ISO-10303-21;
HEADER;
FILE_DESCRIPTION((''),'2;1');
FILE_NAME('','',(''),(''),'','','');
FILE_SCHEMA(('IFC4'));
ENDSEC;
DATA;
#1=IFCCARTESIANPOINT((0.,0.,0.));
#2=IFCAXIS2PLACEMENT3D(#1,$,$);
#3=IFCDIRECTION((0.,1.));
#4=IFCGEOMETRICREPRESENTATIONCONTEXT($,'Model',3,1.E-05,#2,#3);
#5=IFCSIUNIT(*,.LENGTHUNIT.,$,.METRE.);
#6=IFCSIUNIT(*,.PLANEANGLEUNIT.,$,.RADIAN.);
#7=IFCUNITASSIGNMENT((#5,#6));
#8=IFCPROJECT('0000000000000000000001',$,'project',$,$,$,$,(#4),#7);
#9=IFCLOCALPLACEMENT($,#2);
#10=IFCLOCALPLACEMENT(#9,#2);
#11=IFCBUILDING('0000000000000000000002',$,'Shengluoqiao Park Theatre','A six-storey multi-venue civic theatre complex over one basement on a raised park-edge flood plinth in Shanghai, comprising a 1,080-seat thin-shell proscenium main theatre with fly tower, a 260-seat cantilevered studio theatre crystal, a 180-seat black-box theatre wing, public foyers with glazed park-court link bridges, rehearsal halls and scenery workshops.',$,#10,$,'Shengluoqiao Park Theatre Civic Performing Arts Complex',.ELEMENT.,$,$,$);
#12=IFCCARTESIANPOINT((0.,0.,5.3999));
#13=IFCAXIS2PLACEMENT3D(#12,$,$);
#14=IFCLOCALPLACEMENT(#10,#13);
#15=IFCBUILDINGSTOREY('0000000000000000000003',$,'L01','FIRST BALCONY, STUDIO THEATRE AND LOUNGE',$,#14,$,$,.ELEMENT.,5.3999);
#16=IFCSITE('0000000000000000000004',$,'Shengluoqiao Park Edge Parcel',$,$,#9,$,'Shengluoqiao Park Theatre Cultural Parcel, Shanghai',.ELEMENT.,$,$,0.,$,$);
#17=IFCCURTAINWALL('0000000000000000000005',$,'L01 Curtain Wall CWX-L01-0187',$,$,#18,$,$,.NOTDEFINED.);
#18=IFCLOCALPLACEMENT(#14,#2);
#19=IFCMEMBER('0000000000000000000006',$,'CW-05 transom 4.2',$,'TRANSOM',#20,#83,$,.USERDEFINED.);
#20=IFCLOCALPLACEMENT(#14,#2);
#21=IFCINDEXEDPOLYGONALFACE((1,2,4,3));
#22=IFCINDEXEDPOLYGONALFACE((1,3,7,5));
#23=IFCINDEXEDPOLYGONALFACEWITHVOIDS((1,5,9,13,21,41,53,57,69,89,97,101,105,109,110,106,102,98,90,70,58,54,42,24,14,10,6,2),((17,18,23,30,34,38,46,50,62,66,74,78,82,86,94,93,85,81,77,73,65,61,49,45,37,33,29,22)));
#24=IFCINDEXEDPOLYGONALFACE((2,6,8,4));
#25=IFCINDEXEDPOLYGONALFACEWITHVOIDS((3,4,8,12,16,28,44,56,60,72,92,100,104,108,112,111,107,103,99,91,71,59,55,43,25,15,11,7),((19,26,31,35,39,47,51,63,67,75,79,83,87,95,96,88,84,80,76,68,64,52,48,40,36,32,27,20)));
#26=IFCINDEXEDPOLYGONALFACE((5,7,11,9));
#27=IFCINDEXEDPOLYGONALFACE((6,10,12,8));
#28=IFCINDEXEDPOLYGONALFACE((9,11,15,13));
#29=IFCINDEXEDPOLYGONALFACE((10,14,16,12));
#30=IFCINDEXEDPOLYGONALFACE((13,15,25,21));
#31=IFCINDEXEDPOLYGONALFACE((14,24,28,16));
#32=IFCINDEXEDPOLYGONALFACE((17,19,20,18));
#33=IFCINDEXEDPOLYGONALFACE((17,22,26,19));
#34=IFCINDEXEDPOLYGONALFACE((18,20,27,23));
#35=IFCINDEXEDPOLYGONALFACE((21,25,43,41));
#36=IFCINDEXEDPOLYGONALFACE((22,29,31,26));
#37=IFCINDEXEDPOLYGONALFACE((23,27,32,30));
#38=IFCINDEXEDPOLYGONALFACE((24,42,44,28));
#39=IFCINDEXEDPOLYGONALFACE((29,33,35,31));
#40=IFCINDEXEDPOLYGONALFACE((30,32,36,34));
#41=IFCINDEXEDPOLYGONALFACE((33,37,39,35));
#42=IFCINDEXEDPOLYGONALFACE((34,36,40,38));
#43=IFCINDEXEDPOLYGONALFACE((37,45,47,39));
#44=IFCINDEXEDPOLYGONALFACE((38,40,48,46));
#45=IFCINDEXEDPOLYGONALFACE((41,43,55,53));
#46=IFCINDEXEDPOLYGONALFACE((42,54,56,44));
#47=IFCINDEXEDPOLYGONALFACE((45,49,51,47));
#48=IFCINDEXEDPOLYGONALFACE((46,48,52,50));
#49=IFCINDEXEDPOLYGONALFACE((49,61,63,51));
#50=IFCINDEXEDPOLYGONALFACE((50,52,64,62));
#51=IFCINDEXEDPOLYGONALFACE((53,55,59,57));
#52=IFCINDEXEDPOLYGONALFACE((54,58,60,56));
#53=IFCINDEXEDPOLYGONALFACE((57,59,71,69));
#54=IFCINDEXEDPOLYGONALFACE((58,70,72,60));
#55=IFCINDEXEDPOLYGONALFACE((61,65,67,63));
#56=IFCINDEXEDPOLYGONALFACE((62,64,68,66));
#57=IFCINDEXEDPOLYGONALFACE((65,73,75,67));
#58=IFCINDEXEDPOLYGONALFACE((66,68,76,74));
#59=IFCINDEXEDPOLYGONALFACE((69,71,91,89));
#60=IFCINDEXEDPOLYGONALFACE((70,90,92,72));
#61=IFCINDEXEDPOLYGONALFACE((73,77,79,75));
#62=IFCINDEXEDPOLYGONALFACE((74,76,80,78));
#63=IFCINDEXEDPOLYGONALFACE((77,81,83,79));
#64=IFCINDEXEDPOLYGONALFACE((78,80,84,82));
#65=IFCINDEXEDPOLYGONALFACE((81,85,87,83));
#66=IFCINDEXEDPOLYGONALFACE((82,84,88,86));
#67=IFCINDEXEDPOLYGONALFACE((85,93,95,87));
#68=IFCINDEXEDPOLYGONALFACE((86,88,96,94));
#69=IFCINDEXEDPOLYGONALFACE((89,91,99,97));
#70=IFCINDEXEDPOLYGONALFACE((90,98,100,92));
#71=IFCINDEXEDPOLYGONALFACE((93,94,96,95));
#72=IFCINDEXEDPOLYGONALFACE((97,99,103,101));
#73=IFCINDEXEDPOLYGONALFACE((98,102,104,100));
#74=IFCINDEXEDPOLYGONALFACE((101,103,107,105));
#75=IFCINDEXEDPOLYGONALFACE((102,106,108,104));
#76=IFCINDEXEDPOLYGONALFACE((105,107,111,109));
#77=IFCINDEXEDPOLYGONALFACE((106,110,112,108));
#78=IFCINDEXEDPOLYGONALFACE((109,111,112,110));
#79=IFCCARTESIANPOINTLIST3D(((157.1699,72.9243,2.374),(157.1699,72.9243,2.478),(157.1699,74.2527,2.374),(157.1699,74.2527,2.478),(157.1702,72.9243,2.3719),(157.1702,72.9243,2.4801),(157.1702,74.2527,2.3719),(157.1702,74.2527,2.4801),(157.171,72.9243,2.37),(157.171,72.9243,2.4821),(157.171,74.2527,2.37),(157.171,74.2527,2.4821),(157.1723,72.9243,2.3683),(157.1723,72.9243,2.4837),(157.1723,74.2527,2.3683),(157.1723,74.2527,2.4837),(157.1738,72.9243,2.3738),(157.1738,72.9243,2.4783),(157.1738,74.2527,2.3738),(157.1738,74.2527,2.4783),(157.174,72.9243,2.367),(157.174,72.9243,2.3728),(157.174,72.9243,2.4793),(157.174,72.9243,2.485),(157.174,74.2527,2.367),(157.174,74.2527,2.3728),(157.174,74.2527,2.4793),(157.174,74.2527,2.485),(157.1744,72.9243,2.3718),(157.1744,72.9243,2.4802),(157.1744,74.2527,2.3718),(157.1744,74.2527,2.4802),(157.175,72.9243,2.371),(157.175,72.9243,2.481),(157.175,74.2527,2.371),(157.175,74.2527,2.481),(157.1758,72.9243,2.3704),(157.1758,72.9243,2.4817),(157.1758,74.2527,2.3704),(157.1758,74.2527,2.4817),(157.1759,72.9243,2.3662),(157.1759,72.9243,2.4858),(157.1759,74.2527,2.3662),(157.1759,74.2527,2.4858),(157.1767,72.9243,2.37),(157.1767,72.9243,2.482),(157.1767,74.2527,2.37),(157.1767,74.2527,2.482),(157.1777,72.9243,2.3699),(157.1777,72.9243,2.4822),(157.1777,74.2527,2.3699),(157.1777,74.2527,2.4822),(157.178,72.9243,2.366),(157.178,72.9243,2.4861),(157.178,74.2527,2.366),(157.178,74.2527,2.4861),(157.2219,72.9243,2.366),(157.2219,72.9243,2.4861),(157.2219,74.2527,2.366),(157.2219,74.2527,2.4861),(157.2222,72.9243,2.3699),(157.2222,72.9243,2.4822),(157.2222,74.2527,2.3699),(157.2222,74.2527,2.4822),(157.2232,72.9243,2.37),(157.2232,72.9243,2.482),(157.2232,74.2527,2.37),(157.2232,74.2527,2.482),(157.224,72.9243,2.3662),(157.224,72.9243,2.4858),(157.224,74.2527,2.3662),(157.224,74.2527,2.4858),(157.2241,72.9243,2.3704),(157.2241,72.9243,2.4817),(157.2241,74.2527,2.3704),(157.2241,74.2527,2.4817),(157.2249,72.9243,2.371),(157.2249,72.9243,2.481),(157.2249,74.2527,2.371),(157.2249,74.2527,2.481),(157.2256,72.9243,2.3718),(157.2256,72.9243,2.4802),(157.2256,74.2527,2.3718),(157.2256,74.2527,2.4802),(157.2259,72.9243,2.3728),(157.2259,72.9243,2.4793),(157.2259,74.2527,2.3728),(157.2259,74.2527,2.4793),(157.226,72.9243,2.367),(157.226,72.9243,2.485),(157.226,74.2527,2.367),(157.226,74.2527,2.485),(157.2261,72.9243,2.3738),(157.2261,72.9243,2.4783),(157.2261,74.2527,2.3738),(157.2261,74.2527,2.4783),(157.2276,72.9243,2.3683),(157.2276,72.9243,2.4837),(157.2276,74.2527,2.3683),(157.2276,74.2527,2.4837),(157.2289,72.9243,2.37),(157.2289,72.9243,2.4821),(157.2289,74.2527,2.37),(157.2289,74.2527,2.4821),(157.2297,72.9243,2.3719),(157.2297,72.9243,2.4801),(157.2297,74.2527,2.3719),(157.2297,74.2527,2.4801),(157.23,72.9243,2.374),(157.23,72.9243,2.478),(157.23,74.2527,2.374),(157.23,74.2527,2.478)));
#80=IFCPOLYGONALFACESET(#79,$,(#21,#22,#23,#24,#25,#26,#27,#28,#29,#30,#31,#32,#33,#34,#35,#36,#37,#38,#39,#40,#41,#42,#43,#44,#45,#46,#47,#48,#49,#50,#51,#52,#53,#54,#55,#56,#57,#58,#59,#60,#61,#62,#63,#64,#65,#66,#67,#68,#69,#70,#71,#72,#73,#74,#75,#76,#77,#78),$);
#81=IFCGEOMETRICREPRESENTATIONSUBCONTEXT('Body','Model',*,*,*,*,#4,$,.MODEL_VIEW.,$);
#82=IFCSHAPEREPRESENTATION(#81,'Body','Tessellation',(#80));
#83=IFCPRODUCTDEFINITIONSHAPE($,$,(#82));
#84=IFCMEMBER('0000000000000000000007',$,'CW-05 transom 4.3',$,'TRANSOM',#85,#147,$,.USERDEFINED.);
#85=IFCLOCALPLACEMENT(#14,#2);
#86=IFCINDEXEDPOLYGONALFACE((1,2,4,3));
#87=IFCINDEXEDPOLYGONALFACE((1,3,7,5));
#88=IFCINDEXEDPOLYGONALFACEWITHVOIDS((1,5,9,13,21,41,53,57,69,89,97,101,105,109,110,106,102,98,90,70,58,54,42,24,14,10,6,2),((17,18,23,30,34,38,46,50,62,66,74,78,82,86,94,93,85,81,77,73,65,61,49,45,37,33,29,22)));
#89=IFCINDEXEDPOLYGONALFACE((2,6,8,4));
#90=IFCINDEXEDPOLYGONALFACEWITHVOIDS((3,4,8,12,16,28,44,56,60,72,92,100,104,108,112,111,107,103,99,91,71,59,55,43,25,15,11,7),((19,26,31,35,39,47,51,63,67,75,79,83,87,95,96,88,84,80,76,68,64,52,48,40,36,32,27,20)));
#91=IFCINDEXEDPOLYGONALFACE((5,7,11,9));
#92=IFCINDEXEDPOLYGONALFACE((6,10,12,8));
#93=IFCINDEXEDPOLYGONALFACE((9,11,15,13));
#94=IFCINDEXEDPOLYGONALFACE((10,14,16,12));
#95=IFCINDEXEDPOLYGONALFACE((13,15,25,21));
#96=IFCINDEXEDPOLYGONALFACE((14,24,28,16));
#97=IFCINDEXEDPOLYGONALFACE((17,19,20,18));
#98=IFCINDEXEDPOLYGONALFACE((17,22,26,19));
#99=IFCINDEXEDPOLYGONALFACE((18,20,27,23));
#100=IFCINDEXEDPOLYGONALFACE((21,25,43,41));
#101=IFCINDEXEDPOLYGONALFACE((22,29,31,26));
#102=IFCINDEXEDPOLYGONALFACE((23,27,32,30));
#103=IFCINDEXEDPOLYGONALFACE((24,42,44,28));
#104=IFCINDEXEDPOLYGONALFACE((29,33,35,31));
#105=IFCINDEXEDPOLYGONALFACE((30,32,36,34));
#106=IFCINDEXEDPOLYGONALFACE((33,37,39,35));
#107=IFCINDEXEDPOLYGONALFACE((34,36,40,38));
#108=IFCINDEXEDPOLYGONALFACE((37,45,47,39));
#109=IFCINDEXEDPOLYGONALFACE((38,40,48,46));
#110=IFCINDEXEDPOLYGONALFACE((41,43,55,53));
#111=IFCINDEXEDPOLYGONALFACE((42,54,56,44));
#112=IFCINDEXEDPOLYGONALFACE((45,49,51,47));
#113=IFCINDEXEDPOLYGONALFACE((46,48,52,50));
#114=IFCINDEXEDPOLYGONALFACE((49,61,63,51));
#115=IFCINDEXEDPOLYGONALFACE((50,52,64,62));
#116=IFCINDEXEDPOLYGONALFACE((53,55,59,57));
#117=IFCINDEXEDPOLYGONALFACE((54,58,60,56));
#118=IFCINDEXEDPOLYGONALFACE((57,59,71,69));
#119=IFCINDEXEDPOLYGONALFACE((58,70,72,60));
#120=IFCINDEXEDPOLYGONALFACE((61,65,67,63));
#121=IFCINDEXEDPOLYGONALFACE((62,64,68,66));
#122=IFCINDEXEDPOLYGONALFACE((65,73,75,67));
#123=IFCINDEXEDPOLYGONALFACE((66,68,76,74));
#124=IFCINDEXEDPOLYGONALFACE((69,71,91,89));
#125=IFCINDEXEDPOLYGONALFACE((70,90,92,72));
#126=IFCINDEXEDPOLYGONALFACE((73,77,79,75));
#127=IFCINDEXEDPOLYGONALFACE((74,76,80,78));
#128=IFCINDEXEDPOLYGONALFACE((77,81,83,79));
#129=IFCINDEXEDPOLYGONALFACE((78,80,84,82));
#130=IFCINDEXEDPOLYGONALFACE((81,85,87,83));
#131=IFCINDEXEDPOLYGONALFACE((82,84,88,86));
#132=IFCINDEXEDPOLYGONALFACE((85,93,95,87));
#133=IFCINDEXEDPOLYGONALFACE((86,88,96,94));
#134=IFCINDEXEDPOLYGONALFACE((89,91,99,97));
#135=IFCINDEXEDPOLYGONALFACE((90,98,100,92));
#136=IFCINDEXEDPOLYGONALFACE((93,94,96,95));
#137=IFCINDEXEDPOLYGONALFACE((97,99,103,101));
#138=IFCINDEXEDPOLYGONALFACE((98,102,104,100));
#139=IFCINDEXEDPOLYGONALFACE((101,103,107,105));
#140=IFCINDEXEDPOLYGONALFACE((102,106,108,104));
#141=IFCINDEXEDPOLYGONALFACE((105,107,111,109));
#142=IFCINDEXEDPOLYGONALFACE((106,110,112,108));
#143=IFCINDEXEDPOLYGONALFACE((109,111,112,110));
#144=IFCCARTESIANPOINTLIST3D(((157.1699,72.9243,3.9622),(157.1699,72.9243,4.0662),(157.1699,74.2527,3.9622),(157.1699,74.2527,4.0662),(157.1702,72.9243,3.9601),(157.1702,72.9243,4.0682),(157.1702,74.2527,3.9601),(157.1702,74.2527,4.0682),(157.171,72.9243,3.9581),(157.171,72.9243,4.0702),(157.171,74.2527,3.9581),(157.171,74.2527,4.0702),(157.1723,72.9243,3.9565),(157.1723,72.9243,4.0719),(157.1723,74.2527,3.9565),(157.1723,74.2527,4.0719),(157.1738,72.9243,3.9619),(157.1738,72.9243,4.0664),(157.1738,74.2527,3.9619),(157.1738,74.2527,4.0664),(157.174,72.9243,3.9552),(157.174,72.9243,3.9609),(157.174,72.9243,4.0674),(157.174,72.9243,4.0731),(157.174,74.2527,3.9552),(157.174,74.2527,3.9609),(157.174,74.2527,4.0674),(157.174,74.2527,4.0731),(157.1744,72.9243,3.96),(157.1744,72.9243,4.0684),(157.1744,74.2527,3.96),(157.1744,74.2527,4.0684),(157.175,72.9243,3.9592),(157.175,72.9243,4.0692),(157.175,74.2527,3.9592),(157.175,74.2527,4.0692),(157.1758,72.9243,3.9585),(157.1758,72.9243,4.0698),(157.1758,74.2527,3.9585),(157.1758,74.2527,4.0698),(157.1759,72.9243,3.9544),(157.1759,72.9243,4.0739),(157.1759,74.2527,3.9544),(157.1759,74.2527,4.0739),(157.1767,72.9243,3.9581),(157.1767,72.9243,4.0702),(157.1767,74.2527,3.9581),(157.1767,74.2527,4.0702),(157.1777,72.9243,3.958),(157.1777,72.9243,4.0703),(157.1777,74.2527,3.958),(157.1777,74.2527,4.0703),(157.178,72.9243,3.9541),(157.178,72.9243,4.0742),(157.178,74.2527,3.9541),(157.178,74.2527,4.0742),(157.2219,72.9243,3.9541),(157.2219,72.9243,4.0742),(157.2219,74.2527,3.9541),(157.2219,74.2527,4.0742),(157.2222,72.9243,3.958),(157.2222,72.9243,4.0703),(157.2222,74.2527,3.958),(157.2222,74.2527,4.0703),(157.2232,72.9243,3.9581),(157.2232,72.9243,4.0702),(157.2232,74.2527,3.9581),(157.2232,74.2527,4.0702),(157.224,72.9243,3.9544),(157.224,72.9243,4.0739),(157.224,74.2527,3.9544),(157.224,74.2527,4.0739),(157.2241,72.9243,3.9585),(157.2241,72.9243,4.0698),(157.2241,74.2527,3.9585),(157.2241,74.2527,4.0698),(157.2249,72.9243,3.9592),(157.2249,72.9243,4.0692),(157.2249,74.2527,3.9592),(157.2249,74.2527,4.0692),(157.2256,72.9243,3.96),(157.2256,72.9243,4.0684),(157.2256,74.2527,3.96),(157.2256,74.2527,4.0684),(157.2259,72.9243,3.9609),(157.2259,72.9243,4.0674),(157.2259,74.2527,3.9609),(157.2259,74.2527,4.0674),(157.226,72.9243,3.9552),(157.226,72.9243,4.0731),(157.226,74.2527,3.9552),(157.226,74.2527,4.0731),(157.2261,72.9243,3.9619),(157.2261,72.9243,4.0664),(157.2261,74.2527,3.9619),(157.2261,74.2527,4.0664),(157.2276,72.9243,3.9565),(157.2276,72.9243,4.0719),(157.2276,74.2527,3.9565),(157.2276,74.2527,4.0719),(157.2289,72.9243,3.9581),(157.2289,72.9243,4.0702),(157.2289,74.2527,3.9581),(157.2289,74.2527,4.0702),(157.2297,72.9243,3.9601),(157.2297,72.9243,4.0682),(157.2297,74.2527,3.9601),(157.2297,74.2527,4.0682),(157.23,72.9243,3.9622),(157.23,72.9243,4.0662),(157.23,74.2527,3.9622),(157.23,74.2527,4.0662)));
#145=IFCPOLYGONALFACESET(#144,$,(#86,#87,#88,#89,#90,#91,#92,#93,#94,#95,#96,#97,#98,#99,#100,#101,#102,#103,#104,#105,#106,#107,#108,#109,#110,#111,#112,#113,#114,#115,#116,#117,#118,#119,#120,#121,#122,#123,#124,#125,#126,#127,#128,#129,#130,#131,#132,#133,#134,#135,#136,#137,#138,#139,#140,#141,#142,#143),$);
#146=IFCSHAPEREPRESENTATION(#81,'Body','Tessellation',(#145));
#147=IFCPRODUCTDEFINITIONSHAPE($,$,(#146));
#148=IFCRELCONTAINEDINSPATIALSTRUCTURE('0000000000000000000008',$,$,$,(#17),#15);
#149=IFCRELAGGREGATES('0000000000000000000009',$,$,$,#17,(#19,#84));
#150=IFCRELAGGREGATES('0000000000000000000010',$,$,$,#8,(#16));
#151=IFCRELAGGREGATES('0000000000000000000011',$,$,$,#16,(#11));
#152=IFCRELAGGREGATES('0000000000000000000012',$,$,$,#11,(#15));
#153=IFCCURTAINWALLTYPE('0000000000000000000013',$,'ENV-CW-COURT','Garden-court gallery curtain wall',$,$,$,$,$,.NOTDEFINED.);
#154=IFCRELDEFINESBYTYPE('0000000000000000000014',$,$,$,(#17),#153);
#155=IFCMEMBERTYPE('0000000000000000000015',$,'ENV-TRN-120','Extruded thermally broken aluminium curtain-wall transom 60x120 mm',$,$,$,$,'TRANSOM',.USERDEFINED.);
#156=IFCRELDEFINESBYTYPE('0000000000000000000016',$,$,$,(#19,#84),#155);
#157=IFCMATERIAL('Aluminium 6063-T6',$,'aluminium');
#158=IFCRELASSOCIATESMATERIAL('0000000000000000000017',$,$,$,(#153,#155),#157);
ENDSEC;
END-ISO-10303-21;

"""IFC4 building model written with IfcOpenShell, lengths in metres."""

from ifc_helpers import new_model, si_unit, direction, frame, origin, origin_2d, place, context, subcontext, project, spatial, hollow_rectangle, extrude, material, material_profile, profile_set, type_object, element, aggregate, save


model = new_model("IFC4")

# Units and contexts
model_context = context("Model", 3, precision=1e-05, world=origin(), true_north=direction((0.0, 1.0)))
body_context = subcontext(model_context, "Body", "Model", "MODEL_VIEW")
ifc_project = project(units=[si_unit("LENGTHUNIT", "METRE"), si_unit("PLANEANGLEUNIT", "RADIAN")], contexts=[model_context])

# Site, building, storey
site_placement = place(None, origin())
site = spatial("IfcSite", under=ifc_project, at=site_placement, Name="Shengluoqiao Park Edge Parcel", LongName="Shengluoqiao Park Theatre Cultural Parcel, Shanghai", CompositionType="ELEMENT", RefElevation=0.0)
building_placement = place(site_placement, origin())
building = spatial("IfcBuilding", under=site, at=building_placement, Name="Shengluoqiao Park Theatre", Description="A six-storey multi-venue civic theatre complex over one basement on a raised park-edge flood plinth in Shanghai, comprising a 1,080-seat thin-shell proscenium main theatre with fly tower, a 260-seat cantilevered studio theatre crystal, a 180-seat black-box theatre wing, public foyers with glazed park-court link bridges, rehearsal halls and scenery workshops.", LongName="Shengluoqiao Park Theatre Civic Performing Arts Complex", CompositionType="ELEMENT")
storey_placement = place(building_placement, frame((0.0, 0.0, 5.3999)))
storey = spatial("IfcBuildingStorey", under=building, at=storey_placement, Name="L01", Description="FIRST BALCONY, STUDIO THEATRE AND LOUNGE", CompositionType="ELEMENT", Elevation=5.3999)

# Curtain wall, members
ifc_material_1 = material(Name="Aluminium 6063-T6", Category="aluminium")
curtain_wall_type = type_object("IfcCurtainWallType", Name="ENV-CW-COURT", Description="Garden-court gallery curtain wall", PredefinedType="NOTDEFINED", material=ifc_material_1)
curtain_wall_placement = place(storey_placement, origin())
curtain_wall = element("IfcCurtainWall", 1, at=curtain_wall_placement, inside=storey, type_object=curtain_wall_type, Name="L01 Curtain Wall CWX-L01-0187", PredefinedType="NOTDEFINED")
ifc_material_profile_1 = material_profile(ifc_material_1, hollow_rectangle(XDim=0.0601, YDim=0.1201, WallThickness=0.0039, InnerFilletRadius=0.0039, OuterFilletRadius=0.0081, at=origin_2d()), Name="ALU TRANSOM 120x60x4")
ifc_profile_set_1 = profile_set([ifc_material_profile_1], Name="Aluminium 6063-T6")
member_type_1 = type_object("IfcMemberType", Name="ENV-TRN-120", Description="Extruded thermally broken aluminium curtain-wall transom 60x120 mm", ElementType="TRANSOM", PredefinedType="USERDEFINED", material=ifc_profile_set_1)
member_1_placement = place(storey_placement, frame((157.2, 72.9243, 2.426), z_axis=(0.0, 1.0, 0.0), x_axis=(-1.0, 0.0, 0.0)))
member_1 = element("IfcMember", 2, at=member_1_placement, type_object=member_type_1, Name="CW-05 transom 4.2", ObjectType="TRANSOM", PredefinedType="USERDEFINED", context=body_context, shape_type="SweptSolid", body=[
    extrude(hollow_rectangle(XDim=0.0601, YDim=0.1201, WallThickness=0.0039, InnerFilletRadius=0.0039, OuterFilletRadius=0.0081, at=origin_2d()), origin(), (0.0, 0.0, 1.0), 1.3284),
])
member_2_placement = place(storey_placement, frame((157.2, 72.9243, 4.0142), z_axis=(0.0, 1.0, 0.0), x_axis=(-1.0, 0.0, 0.0)))
member_2 = element("IfcMember", 3, at=member_2_placement, type_object=member_type_1, Name="CW-05 transom 4.3", ObjectType="TRANSOM", PredefinedType="USERDEFINED", context=body_context, shape_type="SweptSolid", body=[
    extrude(hollow_rectangle(XDim=0.0601, YDim=0.1201, WallThickness=0.0039, InnerFilletRadius=0.0039, OuterFilletRadius=0.0081, at=origin_2d()), origin(), (0.0, 0.0, 1.0), 1.3284),
])

aggregate(curtain_wall, [member_1, member_2])

save(model, "model.ifc")
